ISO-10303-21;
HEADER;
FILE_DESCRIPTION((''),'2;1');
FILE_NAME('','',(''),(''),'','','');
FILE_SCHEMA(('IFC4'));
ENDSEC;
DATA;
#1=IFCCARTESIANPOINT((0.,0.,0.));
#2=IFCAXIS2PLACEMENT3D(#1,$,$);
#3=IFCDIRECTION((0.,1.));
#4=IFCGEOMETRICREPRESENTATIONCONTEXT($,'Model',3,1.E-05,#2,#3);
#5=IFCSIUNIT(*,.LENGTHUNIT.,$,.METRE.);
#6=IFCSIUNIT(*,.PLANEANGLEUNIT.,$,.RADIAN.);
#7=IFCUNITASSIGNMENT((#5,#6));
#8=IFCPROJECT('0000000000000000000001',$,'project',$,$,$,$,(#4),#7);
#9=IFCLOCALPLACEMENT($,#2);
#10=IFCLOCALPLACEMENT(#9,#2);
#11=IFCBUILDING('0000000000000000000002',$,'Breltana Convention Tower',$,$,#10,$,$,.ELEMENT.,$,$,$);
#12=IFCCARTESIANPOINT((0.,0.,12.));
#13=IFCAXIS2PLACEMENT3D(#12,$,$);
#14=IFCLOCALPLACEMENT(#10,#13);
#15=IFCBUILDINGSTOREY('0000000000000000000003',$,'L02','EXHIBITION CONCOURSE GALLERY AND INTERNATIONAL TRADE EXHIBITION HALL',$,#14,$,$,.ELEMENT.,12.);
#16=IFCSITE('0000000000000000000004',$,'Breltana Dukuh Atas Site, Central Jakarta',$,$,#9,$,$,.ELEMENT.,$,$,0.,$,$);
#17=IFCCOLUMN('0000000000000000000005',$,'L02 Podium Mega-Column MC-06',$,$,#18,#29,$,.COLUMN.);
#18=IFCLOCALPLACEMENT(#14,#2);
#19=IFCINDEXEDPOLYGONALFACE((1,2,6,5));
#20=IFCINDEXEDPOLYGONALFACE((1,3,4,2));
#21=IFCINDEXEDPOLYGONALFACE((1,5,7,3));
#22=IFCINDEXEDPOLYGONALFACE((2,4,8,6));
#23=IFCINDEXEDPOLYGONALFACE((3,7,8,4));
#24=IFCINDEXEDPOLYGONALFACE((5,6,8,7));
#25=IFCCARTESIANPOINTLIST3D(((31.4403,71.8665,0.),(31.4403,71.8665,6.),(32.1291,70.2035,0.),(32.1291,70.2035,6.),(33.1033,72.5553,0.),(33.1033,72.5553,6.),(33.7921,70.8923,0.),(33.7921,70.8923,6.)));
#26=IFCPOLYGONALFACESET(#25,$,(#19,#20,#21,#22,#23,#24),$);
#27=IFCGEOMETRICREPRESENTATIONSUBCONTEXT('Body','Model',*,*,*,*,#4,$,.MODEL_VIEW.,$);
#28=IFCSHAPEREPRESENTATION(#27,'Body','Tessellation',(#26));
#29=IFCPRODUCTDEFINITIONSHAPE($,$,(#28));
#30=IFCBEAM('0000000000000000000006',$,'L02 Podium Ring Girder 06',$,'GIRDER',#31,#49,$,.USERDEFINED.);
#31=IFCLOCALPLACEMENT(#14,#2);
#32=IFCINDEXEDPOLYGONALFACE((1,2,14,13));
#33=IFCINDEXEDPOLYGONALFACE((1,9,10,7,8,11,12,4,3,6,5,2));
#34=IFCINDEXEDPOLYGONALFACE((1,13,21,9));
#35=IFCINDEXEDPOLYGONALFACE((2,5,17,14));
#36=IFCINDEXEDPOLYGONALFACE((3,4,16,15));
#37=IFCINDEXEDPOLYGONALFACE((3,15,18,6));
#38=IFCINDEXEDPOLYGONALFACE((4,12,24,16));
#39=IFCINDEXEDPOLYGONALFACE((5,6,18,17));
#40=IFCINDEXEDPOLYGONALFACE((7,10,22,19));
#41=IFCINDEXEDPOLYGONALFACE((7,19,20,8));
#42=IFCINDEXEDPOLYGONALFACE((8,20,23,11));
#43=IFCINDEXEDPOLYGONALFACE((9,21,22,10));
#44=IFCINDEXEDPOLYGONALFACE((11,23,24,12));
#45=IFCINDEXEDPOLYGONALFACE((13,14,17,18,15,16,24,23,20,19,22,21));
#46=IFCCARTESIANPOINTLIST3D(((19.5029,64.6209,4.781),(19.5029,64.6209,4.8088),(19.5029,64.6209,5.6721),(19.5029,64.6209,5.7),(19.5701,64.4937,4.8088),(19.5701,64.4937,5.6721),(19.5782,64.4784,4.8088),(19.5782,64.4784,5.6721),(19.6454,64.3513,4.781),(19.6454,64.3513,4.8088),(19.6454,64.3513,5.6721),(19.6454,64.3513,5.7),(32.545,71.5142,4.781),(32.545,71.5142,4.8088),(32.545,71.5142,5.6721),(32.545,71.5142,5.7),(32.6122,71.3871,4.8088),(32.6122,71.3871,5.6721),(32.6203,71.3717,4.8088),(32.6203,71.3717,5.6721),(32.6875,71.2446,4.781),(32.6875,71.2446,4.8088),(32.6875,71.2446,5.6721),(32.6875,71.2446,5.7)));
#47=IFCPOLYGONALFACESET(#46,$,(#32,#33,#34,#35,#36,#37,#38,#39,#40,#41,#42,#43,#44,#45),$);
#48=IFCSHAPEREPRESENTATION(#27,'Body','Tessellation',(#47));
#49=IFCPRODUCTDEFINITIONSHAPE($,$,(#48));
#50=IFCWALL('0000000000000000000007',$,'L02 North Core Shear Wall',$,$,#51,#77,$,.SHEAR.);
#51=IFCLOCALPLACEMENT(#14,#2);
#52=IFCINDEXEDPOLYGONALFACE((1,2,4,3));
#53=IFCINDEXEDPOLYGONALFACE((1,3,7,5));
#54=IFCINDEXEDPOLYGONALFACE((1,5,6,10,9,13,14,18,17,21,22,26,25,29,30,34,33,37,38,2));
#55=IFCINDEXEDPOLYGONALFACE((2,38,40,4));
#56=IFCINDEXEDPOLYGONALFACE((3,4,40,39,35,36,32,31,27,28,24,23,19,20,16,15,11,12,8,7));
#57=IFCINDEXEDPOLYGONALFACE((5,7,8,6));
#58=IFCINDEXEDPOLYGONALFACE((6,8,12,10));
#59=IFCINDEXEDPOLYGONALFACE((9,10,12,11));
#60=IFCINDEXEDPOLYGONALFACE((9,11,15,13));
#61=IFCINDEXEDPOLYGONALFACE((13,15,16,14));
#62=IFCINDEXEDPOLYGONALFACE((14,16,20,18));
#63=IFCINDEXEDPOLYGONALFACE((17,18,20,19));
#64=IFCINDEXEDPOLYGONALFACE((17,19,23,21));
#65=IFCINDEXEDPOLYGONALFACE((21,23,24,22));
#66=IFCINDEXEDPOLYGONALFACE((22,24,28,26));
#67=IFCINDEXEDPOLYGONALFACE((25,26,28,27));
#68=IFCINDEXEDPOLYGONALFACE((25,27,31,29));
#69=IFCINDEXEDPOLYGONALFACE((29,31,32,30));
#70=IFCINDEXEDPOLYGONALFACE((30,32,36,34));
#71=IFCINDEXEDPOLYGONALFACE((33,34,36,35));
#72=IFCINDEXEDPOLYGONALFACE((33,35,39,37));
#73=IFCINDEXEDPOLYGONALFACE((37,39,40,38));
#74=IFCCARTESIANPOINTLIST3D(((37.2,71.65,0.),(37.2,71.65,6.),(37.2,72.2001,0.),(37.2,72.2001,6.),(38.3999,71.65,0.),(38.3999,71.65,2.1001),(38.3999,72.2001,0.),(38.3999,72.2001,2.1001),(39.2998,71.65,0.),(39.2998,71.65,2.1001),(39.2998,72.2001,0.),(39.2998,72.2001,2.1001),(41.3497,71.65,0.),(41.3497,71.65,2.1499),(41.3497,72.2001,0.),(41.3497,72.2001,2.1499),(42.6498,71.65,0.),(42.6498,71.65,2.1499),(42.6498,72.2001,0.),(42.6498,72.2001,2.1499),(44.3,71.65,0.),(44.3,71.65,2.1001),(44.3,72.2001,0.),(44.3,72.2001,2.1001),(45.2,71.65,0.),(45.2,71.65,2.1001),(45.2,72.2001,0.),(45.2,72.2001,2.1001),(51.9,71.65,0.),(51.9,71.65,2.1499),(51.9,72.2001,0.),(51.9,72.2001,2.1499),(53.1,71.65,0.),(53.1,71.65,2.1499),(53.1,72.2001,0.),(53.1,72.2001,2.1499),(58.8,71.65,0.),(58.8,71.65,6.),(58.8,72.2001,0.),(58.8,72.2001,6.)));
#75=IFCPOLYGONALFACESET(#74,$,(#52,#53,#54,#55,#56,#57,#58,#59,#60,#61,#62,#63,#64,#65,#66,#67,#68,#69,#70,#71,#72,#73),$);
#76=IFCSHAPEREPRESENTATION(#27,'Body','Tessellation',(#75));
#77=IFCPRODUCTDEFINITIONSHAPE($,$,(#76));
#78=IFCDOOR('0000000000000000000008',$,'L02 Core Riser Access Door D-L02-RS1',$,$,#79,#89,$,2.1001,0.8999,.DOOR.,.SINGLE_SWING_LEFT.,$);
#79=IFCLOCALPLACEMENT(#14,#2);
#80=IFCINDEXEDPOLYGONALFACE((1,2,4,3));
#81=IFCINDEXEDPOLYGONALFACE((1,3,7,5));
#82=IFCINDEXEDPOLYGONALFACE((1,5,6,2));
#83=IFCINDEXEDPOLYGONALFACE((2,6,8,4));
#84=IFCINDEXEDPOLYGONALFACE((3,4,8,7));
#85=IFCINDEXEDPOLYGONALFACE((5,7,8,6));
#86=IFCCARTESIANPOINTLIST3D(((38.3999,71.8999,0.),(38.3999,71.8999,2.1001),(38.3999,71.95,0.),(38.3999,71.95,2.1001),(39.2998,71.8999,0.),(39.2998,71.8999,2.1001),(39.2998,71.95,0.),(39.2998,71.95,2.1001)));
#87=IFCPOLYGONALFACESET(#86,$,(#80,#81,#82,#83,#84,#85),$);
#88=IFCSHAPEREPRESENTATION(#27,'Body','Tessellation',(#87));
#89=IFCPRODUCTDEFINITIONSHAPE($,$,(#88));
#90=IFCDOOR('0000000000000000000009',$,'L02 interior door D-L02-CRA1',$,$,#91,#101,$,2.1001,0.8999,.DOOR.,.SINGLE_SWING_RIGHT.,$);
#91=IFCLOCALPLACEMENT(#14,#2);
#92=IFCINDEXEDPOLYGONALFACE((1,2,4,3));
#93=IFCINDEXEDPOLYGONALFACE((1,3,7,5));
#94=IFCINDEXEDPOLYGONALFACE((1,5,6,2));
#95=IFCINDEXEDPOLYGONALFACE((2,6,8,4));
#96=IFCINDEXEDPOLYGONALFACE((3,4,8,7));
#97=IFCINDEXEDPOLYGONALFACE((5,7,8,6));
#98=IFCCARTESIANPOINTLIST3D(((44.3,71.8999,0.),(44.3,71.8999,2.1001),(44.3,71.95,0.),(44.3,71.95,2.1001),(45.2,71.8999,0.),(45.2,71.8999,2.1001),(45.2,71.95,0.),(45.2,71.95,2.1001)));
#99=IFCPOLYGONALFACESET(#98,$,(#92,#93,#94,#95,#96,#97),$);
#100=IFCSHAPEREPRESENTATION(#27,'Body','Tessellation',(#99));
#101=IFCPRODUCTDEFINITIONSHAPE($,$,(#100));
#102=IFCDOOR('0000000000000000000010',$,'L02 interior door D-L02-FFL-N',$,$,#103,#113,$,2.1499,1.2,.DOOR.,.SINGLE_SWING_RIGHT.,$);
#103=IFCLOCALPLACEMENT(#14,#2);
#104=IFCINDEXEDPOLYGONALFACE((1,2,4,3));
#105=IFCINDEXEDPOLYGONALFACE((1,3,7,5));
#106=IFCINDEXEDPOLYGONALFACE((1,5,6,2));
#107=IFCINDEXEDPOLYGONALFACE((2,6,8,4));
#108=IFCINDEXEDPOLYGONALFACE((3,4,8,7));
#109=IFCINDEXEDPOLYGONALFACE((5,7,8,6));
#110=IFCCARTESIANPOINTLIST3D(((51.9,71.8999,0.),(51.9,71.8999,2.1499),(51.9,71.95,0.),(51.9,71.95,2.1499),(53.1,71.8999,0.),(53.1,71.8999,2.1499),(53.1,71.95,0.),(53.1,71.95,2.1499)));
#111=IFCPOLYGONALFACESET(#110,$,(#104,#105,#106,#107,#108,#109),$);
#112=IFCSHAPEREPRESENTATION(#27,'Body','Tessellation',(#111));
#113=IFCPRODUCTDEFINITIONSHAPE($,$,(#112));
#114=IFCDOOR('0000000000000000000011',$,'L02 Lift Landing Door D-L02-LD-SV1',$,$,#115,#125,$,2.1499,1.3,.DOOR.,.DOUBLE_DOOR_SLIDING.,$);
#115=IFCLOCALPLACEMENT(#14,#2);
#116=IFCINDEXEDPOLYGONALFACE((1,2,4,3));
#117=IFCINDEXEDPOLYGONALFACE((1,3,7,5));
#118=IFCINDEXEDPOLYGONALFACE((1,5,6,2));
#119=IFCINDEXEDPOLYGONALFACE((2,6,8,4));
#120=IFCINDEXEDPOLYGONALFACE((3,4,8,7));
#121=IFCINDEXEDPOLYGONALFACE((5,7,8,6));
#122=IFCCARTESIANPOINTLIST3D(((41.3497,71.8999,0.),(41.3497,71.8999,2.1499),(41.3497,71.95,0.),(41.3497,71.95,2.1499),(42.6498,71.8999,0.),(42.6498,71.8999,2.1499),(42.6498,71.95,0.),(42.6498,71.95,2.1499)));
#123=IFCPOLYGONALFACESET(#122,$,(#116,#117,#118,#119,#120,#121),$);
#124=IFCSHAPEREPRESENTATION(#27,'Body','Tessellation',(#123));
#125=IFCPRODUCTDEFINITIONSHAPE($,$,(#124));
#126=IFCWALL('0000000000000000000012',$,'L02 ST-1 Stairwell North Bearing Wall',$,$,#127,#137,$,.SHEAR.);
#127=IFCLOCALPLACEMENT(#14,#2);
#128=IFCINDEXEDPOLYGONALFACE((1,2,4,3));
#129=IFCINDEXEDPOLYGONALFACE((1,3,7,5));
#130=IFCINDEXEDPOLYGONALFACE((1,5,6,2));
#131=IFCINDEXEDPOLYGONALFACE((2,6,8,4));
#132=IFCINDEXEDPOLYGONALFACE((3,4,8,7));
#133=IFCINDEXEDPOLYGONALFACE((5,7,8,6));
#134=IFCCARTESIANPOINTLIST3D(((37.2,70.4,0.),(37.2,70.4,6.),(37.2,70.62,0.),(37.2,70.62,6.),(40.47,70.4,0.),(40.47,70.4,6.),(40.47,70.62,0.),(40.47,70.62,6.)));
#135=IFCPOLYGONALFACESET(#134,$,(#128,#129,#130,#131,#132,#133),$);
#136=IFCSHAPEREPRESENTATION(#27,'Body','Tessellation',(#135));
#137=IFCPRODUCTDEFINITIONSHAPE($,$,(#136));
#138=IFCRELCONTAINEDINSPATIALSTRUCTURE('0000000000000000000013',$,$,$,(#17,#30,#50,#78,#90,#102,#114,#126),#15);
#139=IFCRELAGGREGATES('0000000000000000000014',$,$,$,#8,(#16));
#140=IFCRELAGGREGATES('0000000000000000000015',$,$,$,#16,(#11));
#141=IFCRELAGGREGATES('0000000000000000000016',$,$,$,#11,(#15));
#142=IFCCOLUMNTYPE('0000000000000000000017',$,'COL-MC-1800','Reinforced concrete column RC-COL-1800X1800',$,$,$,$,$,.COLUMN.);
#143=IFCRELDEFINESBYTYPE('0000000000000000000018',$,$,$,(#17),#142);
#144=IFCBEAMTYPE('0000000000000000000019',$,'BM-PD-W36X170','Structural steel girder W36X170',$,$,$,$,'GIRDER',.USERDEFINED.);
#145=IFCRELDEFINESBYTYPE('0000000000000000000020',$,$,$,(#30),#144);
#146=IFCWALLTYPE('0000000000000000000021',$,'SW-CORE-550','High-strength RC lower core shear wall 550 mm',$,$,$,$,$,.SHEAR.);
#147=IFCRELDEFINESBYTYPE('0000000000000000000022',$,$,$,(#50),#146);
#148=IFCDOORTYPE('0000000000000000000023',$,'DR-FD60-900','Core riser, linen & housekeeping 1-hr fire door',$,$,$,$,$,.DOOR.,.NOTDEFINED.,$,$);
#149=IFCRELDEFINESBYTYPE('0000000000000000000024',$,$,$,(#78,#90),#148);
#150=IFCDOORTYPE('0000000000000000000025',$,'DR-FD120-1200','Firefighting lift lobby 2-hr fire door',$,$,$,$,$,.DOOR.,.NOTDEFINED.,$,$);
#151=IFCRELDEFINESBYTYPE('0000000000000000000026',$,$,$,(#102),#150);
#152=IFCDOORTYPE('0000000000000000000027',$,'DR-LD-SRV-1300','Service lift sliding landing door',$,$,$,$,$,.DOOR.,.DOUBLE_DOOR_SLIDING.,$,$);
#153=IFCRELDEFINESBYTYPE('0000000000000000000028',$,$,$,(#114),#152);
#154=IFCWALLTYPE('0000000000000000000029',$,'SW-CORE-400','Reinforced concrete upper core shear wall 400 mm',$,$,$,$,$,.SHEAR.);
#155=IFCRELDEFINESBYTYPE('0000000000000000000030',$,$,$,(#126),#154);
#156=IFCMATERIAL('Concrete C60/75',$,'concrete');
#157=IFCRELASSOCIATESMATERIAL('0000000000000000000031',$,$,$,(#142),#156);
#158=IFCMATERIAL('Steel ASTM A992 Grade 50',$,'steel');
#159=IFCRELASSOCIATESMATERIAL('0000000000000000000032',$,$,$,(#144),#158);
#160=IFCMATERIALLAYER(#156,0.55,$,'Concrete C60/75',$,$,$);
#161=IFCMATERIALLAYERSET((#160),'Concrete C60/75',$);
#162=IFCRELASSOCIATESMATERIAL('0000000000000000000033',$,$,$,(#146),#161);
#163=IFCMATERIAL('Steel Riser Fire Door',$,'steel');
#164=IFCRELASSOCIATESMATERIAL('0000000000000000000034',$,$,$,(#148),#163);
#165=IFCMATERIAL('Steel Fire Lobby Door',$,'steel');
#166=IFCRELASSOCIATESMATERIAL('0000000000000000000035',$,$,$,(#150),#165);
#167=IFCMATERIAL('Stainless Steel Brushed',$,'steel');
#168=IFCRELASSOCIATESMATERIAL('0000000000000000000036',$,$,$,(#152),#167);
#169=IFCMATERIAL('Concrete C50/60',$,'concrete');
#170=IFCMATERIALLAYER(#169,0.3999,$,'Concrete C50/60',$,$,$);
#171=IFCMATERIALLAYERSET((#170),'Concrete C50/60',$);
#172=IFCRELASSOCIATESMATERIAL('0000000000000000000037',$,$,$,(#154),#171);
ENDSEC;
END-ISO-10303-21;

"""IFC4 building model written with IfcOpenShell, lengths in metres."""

from ifc_helpers import new_model, si_unit, direction, frame, frame_2d, origin, origin_2d, place, context, subcontext, project, spatial, rectangle, i_section, extrude, source, transform, mapped, material, layer, layer_set, material_profile, profile_set, type_object, type_shapes, element, fill, save


model = new_model("IFC4")

# Units and contexts
model_context = context("Model", 3, precision=1e-05, world=origin(), true_north=direction((0.0, 1.0)))
body_context = subcontext(model_context, "Body", "Model", "MODEL_VIEW")
ifc_project = project(units=[si_unit("LENGTHUNIT", "METRE"), si_unit("PLANEANGLEUNIT", "RADIAN")], contexts=[model_context])

# Site, building, storey
site_placement = place(None, origin())
site = spatial("IfcSite", under=ifc_project, at=site_placement, Name="Breltana Dukuh Atas Site, Central Jakarta", CompositionType="ELEMENT", RefElevation=0.0)
building_placement = place(site_placement, origin())
building = spatial("IfcBuilding", under=site, at=building_placement, Name="Breltana Convention Tower", CompositionType="ELEMENT")
storey_placement = place(building_placement, frame((0.0, 0.0, 12.0)))
storey = spatial("IfcBuildingStorey", under=building, at=storey_placement, Name="L02", Description="EXHIBITION CONCOURSE GALLERY AND INTERNATIONAL TRADE EXHIBITION HALL", CompositionType="ELEMENT", Elevation=12.0)

# Column
ifc_material_1 = material(Name="Concrete C60/75", Category="concrete")
ifc_material_profile_1 = material_profile(ifc_material_1, rectangle(XDim=1.8, YDim=1.8, at=origin_2d()), Name="RC-COL-1800X1800")
ifc_profile_set_1 = profile_set([ifc_material_profile_1], Name="Concrete C60/75")
column_type = type_object("IfcColumnType", Name="COL-MC-1800", Description="Reinforced concrete column RC-COL-1800X1800", PredefinedType="COLUMN", material=ifc_profile_set_1)
shared_shape_1 = source(origin(), body_context, "Body", "SweptSolid", [
    extrude(rectangle(XDim=1.8, YDim=1.8, at=origin_2d()), origin(), (0.0, 0.0, 1.0), 6.0),
])
type_shapes(column_type, [shared_shape_1])
column_placement = place(storey_placement, frame((32.6162, 71.3794, 0.0), z_axis=(0.0, 0.0, 1.0), x_axis=(-0.382683, 0.92388, 0.0)))
element("IfcColumn", 1, at=column_placement, inside=storey, type_object=column_type, Name="L02 Podium Mega-Column MC-06", PredefinedType="COLUMN", context=body_context, shape_type="MappedRepresentation", body=[
    mapped(shared_shape_1, transform((0.0, 0.0, 0.0), scale=1.0)),
])

# Beam
ifc_material_2 = material(Name="Steel ASTM A992 Grade 50", Category="steel")
ifc_material_profile_2 = material_profile(ifc_material_2, i_section(OverallWidth=0.3049, OverallDepth=0.9189, WebThickness=0.0173, FlangeThickness=0.0278, at=origin_2d()), Name="W36X170")
ifc_profile_set_2 = profile_set([ifc_material_profile_2], Name="Steel ASTM A992 Grade 50")
beam_type = type_object("IfcBeamType", Name="BM-PD-W36X170", Description="Structural steel girder W36X170", ElementType="GIRDER", PredefinedType="USERDEFINED", material=ifc_profile_set_2)
shared_shape_2 = source(origin(), body_context, "Body", "SweptSolid", [
    extrude(i_section(OverallWidth=0.3049, OverallDepth=0.9189, WebThickness=0.0173, FlangeThickness=0.0278, at=origin_2d()), origin(), (0.0, 0.0, 1.0), 14.7517),
])
beam_placement = place(storey_placement, frame((32.6162, 71.3794, 5.2405), z_axis=(-0.884104, -0.467291, 0.0), x_axis=(0.467291, -0.884104, 0.0)))
element("IfcBeam", 2, at=beam_placement, inside=storey, type_object=beam_type, Name="L02 Podium Ring Girder 06", ObjectType="GIRDER", PredefinedType="USERDEFINED", context=body_context, shape_type="MappedRepresentation", body=[
    mapped(shared_shape_2, transform((0.0, 0.0, 0.0), scale=1.0)),
])

# Wall, openings, doors
ifc_layer_1 = layer(ifc_material_1, 0.55, Name="Concrete C60/75")
ifc_layer_set_1 = layer_set([ifc_layer_1], Name="Concrete C60/75")
wall_type_1 = type_object("IfcWallType", Name="SW-CORE-550", Description="High-strength RC lower core shear wall 550 mm", PredefinedType="SHEAR", material=ifc_layer_set_1)
shared_shape_3 = source(origin(), body_context, "Body", "SweptSolid", [
    extrude(rectangle(XDim=21.6001, YDim=0.55, at=frame_2d((10.8, 0.0))), origin(), (0.0, 0.0, 1.0), 6.0),
])
wall_1_placement = place(storey_placement, frame((37.2, 71.925, 0.0), z_axis=(0.0, 0.0, 1.0), x_axis=(1.0, 0.0, 0.0)))
wall_1 = element("IfcWall", 3, at=wall_1_placement, inside=storey, type_object=wall_type_1, Name="L02 North Core Shear Wall", PredefinedType="SHEAR", context=body_context, shape_type="MappedRepresentation", body=[
    mapped(shared_shape_3, transform((0.0, 0.0, 0.0), scale=1.0)),
])
opening_1_placement = place(wall_1_placement, frame((1.2, 0.0, 0.0)))
opening_1 = element("IfcOpeningElement", 4, at=opening_1_placement, cuts=wall_1, PredefinedType="OPENING", context=body_context, shape_type="SweptSolid", body=[
    extrude(rectangle(XDim=0.8999, YDim=2.1001, at=frame_2d((0.45, 1.05))), frame((0.0, 0.2852, 0.0), z_axis=(0.0, -1.0, 0.0), x_axis=(1.0, 0.0, 0.0)), (0.0, 0.0, 1.0), 0.5701),
])
opening_2_placement = place(wall_1_placement, frame((14.7, 0.0, 0.0)))
opening_2 = element("IfcOpeningElement", 5, at=opening_2_placement, cuts=wall_1, PredefinedType="OPENING", context=body_context, shape_type="SweptSolid", body=[
    extrude(rectangle(XDim=1.2, YDim=2.1499, at=frame_2d((0.6001, 1.075))), frame((0.0, 0.2852, 0.0), z_axis=(0.0, -1.0, 0.0), x_axis=(1.0, 0.0, 0.0)), (0.0, 0.0, 1.0), 0.5701),
])
opening_3_placement = place(wall_1_placement, frame((4.1499, 0.0, 0.0)))
opening_3 = element("IfcOpeningElement", 6, at=opening_3_placement, cuts=wall_1, PredefinedType="OPENING", context=body_context, shape_type="SweptSolid", body=[
    extrude(rectangle(XDim=1.3, YDim=2.1499, at=frame_2d((0.6499, 1.075))), frame((0.0, 0.2852, 0.0), z_axis=(0.0, -1.0, 0.0), x_axis=(1.0, 0.0, 0.0)), (0.0, 0.0, 1.0), 0.5701),
])
opening_4_placement = place(wall_1_placement, frame((7.1001, 0.0, 0.0)))
opening_4 = element("IfcOpeningElement", 7, at=opening_4_placement, cuts=wall_1, PredefinedType="OPENING", context=body_context, shape_type="SweptSolid", body=[
    extrude(rectangle(XDim=0.8999, YDim=2.1001, at=frame_2d((0.45, 1.05))), frame((0.0, 0.2852, 0.0), z_axis=(0.0, -1.0, 0.0), x_axis=(1.0, 0.0, 0.0)), (0.0, 0.0, 1.0), 0.5701),
])
ifc_material_3 = material(Name="Steel Riser Fire Door", Category="steel")
door_type_1 = type_object("IfcDoorType", Name="DR-FD60-900", Description="Core riser, linen & housekeeping 1-hr fire door", OperationType="NOTDEFINED", PredefinedType="DOOR", material=ifc_material_3)
shared_shape_4 = source(origin(), body_context, "Body", "SweptSolid", [
    extrude(rectangle(XDim=0.8999, YDim=2.1001, at=frame_2d((0.45, 1.05))), frame((0.0, 0.0249, 0.0), z_axis=(0.0, -1.0, 0.0), x_axis=(1.0, 0.0, 0.0)), (0.0, 0.0, 1.0), 0.05),
])
type_shapes(door_type_1, [shared_shape_4])
door_1_placement = place(opening_1_placement, origin())
door_1 = element("IfcDoor", 8, at=door_1_placement, inside=storey, type_object=door_type_1, Name="L02 Core Riser Access Door D-L02-RS1", OperationType="SINGLE_SWING_LEFT", OverallHeight=2.1001, OverallWidth=0.8999, PredefinedType="DOOR", context=body_context, shape_type="MappedRepresentation", body=[
    mapped(shared_shape_4, transform((0.0, 0.0, 0.0), scale=1.0)),
])
fill(opening_1, door_1)
door_2_placement = place(opening_4_placement, origin())
door_2 = element("IfcDoor", 9, at=door_2_placement, inside=storey, type_object=door_type_1, Name="L02 interior door D-L02-CRA1", OperationType="SINGLE_SWING_RIGHT", OverallHeight=2.1001, OverallWidth=0.8999, PredefinedType="DOOR", context=body_context, shape_type="MappedRepresentation", body=[
    mapped(shared_shape_4, transform((0.0, 0.0, 0.0), scale=1.0)),
])
fill(opening_4, door_2)
ifc_material_4 = material(Name="Steel Fire Lobby Door", Category="steel")
door_type_2 = type_object("IfcDoorType", Name="DR-FD120-1200", Description="Firefighting lift lobby 2-hr fire door", OperationType="NOTDEFINED", PredefinedType="DOOR", material=ifc_material_4)
shared_shape_5 = source(origin(), body_context, "Body", "SweptSolid", [
    extrude(rectangle(XDim=1.2, YDim=2.1499, at=frame_2d((0.6001, 1.075))), frame((0.0, 0.0249, 0.0), z_axis=(0.0, -1.0, 0.0), x_axis=(1.0, 0.0, 0.0)), (0.0, 0.0, 1.0), 0.05),
])
type_shapes(door_type_2, [shared_shape_5])
door_3_placement = place(opening_2_placement, origin())
door_3 = element("IfcDoor", 10, at=door_3_placement, inside=storey, type_object=door_type_2, Name="L02 interior door D-L02-FFL-N", OperationType="SINGLE_SWING_RIGHT", OverallHeight=2.1499, OverallWidth=1.2, PredefinedType="DOOR", context=body_context, shape_type="MappedRepresentation", body=[
    mapped(shared_shape_5, transform((0.0, 0.0, 0.0), scale=1.0)),
])
fill(opening_2, door_3)
ifc_material_5 = material(Name="Stainless Steel Brushed", Category="steel")
door_type_3 = type_object("IfcDoorType", Name="DR-LD-SRV-1300", Description="Service lift sliding landing door", OperationType="DOUBLE_DOOR_SLIDING", PredefinedType="DOOR", material=ifc_material_5)
shared_shape_6 = source(origin(), body_context, "Body", "SweptSolid", [
    extrude(rectangle(XDim=1.3, YDim=2.1499, at=frame_2d((0.6499, 1.075))), frame((0.0, 0.0249, 0.0), z_axis=(0.0, -1.0, 0.0), x_axis=(1.0, 0.0, 0.0)), (0.0, 0.0, 1.0), 0.05),
])
type_shapes(door_type_3, [shared_shape_6])
door_4_placement = place(opening_3_placement, origin())
door_4 = element("IfcDoor", 11, at=door_4_placement, inside=storey, type_object=door_type_3, Name="L02 Lift Landing Door D-L02-LD-SV1", OperationType="DOUBLE_DOOR_SLIDING", OverallHeight=2.1499, OverallWidth=1.3, PredefinedType="DOOR", context=body_context, shape_type="MappedRepresentation", body=[
    mapped(shared_shape_6, transform((0.0, 0.0, 0.0), scale=1.0)),
])
fill(opening_3, door_4)

# Wall
ifc_material_6 = material(Name="Concrete C50/60", Category="concrete")
ifc_layer_2 = layer(ifc_material_6, 0.3999, Name="Concrete C50/60")
ifc_layer_set_2 = layer_set([ifc_layer_2], Name="Concrete C50/60")
wall_type_2 = type_object("IfcWallType", Name="SW-CORE-400", Description="Reinforced concrete upper core shear wall 400 mm", PredefinedType="SHEAR", material=ifc_layer_set_2)
shared_shape_7 = source(origin(), body_context, "Body", "SweptSolid", [
    extrude(rectangle(XDim=3.27, YDim=0.22, at=frame_2d((1.635, 0.0))), origin(), (0.0, 0.0, 1.0), 6.0),
])
wall_2_placement = place(storey_placement, frame((37.2, 70.51, 0.0), z_axis=(0.0, 0.0, 1.0), x_axis=(1.0, 0.0, 0.0)))
element("IfcWall", 12, at=wall_2_placement, inside=storey, type_object=wall_type_2, Name="L02 ST-1 Stairwell North Bearing Wall", PredefinedType="SHEAR", context=body_context, shape_type="MappedRepresentation", body=[
    mapped(shared_shape_7, transform((0.0, 0.0, 0.0), scale=1.0)),
])

save(model, "model.ifc")
